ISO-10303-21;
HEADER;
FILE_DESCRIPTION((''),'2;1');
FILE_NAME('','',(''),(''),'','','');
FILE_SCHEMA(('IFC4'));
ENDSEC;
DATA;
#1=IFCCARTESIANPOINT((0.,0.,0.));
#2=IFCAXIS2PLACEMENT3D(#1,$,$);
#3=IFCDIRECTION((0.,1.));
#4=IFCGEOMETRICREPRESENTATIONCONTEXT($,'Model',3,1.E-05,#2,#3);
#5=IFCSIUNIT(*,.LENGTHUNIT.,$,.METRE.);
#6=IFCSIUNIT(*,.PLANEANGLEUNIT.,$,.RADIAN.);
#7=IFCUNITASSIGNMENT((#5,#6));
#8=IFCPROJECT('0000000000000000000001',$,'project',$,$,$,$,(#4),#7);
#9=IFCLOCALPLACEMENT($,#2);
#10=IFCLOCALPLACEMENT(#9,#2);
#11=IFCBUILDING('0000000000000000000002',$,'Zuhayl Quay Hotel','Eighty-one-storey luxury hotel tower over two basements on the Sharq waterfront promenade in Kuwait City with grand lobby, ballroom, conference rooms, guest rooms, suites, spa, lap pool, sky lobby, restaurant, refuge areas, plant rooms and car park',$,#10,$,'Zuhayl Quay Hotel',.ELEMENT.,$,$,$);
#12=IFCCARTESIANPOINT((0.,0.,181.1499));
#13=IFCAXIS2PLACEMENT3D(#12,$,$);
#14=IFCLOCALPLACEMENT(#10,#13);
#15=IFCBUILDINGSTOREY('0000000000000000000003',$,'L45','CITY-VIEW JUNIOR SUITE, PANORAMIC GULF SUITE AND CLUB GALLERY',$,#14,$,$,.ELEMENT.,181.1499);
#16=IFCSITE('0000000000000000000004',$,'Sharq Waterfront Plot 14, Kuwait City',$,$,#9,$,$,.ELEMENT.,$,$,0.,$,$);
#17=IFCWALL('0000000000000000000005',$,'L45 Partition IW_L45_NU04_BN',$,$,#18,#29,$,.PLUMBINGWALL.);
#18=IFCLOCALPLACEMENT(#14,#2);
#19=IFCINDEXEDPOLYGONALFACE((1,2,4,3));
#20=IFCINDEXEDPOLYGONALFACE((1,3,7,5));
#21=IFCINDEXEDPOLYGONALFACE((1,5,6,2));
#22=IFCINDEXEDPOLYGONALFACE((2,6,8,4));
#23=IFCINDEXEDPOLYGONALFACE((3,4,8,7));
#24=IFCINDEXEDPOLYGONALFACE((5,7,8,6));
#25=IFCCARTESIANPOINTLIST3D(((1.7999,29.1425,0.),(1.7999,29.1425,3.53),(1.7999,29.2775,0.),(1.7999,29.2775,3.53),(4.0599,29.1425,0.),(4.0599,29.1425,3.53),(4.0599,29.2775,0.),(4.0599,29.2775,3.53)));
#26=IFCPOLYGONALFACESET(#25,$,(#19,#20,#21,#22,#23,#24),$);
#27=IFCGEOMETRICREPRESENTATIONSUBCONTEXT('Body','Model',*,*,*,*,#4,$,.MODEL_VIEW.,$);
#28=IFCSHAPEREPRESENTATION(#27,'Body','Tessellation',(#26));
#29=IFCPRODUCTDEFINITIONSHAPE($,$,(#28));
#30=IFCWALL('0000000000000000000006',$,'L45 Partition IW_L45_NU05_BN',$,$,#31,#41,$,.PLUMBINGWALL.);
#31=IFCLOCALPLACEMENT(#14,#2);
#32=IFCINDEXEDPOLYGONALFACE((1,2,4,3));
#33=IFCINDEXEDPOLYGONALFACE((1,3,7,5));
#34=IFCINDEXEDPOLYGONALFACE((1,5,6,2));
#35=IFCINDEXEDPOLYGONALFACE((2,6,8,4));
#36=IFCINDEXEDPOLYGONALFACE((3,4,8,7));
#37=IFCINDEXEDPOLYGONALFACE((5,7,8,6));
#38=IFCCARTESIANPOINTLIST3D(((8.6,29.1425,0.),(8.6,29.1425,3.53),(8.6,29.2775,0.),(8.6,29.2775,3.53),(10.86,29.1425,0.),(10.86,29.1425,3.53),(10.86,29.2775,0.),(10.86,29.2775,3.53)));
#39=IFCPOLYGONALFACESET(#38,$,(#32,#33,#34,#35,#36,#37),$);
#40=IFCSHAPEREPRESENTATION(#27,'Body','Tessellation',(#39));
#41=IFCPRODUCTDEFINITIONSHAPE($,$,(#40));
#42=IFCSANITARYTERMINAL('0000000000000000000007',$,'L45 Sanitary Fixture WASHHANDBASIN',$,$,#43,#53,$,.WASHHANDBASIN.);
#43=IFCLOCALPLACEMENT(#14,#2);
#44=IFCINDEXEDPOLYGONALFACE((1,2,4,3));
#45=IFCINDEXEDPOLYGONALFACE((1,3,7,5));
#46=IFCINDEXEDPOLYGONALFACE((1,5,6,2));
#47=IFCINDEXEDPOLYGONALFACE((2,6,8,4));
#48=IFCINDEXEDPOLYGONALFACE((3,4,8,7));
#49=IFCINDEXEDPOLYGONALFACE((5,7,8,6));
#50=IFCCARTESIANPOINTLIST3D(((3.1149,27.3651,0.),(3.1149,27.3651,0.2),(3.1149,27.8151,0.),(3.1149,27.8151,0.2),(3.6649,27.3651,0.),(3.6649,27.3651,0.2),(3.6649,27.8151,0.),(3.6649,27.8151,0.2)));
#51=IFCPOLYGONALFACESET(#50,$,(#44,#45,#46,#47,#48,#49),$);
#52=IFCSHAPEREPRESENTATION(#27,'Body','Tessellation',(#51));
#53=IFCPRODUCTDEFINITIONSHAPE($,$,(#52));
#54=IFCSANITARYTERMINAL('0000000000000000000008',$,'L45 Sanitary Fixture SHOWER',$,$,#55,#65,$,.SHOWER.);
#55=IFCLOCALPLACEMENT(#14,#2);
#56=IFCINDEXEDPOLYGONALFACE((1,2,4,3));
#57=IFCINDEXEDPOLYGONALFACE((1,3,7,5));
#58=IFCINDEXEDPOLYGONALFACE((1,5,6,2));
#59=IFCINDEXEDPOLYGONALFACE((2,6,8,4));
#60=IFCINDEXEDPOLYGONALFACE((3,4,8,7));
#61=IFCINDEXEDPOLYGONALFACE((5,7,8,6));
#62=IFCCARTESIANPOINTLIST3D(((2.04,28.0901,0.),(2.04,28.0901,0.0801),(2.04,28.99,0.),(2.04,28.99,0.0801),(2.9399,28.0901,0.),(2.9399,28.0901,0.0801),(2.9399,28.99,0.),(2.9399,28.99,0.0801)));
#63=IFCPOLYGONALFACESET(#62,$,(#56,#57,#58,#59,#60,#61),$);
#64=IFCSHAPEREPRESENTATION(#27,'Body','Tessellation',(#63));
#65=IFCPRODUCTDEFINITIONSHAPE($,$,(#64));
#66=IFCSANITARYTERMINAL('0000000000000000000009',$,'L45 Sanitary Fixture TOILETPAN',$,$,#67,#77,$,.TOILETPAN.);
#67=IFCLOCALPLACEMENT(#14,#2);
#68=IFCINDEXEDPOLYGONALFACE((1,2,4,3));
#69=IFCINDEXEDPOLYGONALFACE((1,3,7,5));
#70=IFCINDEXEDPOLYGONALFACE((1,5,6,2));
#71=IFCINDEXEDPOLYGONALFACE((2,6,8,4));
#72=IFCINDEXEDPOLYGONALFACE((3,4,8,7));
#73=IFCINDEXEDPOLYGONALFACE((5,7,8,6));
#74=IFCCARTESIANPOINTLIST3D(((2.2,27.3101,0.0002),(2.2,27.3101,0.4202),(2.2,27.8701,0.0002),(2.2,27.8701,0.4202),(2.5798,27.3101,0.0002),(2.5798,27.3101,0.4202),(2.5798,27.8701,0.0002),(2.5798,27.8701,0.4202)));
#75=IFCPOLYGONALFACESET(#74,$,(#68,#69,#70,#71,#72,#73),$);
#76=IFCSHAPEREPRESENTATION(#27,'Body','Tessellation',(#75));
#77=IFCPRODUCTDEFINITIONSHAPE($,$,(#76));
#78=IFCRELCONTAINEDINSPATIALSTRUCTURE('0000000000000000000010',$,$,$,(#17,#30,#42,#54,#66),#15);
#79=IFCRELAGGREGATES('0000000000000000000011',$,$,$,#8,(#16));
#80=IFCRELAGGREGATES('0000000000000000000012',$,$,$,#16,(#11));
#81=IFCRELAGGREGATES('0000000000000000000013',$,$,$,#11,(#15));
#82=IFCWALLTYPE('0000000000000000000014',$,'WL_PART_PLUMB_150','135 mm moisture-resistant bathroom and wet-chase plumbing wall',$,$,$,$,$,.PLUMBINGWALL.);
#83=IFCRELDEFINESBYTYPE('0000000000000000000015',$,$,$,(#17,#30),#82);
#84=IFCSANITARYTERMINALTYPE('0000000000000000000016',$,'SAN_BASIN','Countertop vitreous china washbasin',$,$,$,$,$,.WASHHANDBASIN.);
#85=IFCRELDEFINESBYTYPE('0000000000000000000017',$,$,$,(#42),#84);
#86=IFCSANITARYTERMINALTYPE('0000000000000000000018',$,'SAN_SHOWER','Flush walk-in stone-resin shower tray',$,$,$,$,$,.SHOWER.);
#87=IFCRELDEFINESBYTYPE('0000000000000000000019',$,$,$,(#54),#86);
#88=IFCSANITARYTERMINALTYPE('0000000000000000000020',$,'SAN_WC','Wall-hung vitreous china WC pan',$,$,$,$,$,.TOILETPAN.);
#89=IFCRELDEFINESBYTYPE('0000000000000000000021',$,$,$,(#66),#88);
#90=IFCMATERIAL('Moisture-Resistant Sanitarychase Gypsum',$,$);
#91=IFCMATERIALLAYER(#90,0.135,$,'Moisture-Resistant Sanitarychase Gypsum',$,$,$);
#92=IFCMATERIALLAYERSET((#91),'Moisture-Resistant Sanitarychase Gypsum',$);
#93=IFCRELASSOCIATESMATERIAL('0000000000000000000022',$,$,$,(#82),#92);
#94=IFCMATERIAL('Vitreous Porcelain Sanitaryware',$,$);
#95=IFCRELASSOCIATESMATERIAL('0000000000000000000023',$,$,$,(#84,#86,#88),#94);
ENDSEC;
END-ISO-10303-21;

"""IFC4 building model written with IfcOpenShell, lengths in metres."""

from ifc_helpers import new_model, si_unit, direction, frame, frame_2d, origin, origin_2d, place, context, subcontext, project, spatial, rectangle, extrude, material, layer, layer_set, type_object, element, save


model = new_model("IFC4")

# Units and contexts
model_context = context("Model", 3, precision=1e-05, world=origin(), true_north=direction((0.0, 1.0)))
body_context = subcontext(model_context, "Body", "Model", "MODEL_VIEW")
ifc_project = project(units=[si_unit("LENGTHUNIT", "METRE"), si_unit("PLANEANGLEUNIT", "RADIAN")], contexts=[model_context])

# Site, building, storey
site_placement = place(None, origin())
site = spatial("IfcSite", under=ifc_project, at=site_placement, Name="Sharq Waterfront Plot 14, Kuwait City", CompositionType="ELEMENT", RefElevation=0.0)
building_placement = place(site_placement, origin())
building = spatial("IfcBuilding", under=site, at=building_placement, Name="Zuhayl Quay Hotel", Description="Eighty-one-storey luxury hotel tower over two basements on the Sharq waterfront promenade in Kuwait City with grand lobby, ballroom, conference rooms, guest rooms, suites, spa, lap pool, sky lobby, restaurant, refuge areas, plant rooms and car park", LongName="Zuhayl Quay Hotel", CompositionType="ELEMENT")
storey_placement = place(building_placement, frame((0.0, 0.0, 181.1499)))
storey = spatial("IfcBuildingStorey", under=building, at=storey_placement, Name="L45", Description="CITY-VIEW JUNIOR SUITE, PANORAMIC GULF SUITE AND CLUB GALLERY", CompositionType="ELEMENT", Elevation=181.1499)

# Shared definitions
ifc_material_1 = material(Name="Moisture-Resistant Sanitarychase Gypsum")
ifc_layer_1 = layer(ifc_material_1, 0.135, Name="Moisture-Resistant Sanitarychase Gypsum")
ifc_layer_set_1 = layer_set([ifc_layer_1], Name="Moisture-Resistant Sanitarychase Gypsum")
wall_type_1 = type_object("IfcWallType", Name="WL_PART_PLUMB_150", Description="135 mm moisture-resistant bathroom and wet-chase plumbing wall", PredefinedType="PLUMBINGWALL", material=ifc_layer_set_1)

# Walls
for number, where, z_axis, x_axis, name in (
    (1, (1.8, 29.21, 0.0), (0.0, 0.0, 1.0), (1.0, 0.0, 0.0), "L45 Partition IW_L45_NU04_BN"),
    (2, (8.6001, 29.21, 0.0), (0.0, 0.0, 1.0), (1.0, 0.0, 0.0), "L45 Partition IW_L45_NU05_BN"),
):
    element("IfcWall", number, at=place(storey_placement, frame(where, z_axis=z_axis, x_axis=x_axis)), inside=storey, type_object=wall_type_1, Name=name, PredefinedType="PLUMBINGWALL", context=body_context, shape_type="SweptSolid", body=[
        extrude(rectangle(XDim=2.26, YDim=0.135, at=frame_2d((1.1299, 0.0))), origin(), (0.0, 0.0, 1.0), 3.53),
    ])

# Sanitary terminals
ifc_material_2 = material(Name="Vitreous Porcelain Sanitaryware")
sanitary_terminal_type_1 = type_object("IfcSanitaryTerminalType", Name="SAN_BASIN", Description="Countertop vitreous china washbasin", PredefinedType="WASHHANDBASIN", material=ifc_material_2)
sanitary_terminal_1_placement = place(storey_placement, frame((3.3899, 27.5901, 0.0), z_axis=(0.0, 0.0, 1.0), x_axis=(1.0, 0.0, 0.0)))
element("IfcSanitaryTerminal", 3, at=sanitary_terminal_1_placement, inside=storey, type_object=sanitary_terminal_type_1, Name="L45 Sanitary Fixture WASHHANDBASIN", PredefinedType="WASHHANDBASIN", context=body_context, shape_type="SweptSolid", body=[
    extrude(rectangle(XDim=0.55, YDim=0.45, at=origin_2d()), origin(), (0.0, 0.0, 1.0), 0.2),
])
sanitary_terminal_type_2 = type_object("IfcSanitaryTerminalType", Name="SAN_SHOWER", Description="Flush walk-in stone-resin shower tray", PredefinedType="SHOWER", material=ifc_material_2)
sanitary_terminal_2_placement = place(storey_placement, frame((2.49, 28.54, 0.0), z_axis=(0.0, 0.0, 1.0), x_axis=(1.0, 0.0, 0.0)))
element("IfcSanitaryTerminal", 4, at=sanitary_terminal_2_placement, inside=storey, type_object=sanitary_terminal_type_2, Name="L45 Sanitary Fixture SHOWER", PredefinedType="SHOWER", context=body_context, shape_type="SweptSolid", body=[
    extrude(rectangle(XDim=0.8999, YDim=0.8999, at=origin_2d()), origin(), (0.0, 0.0, 1.0), 0.0801),
])
sanitary_terminal_type_3 = type_object("IfcSanitaryTerminalType", Name="SAN_WC", Description="Wall-hung vitreous china WC pan", PredefinedType="TOILETPAN", material=ifc_material_2)
sanitary_terminal_3_placement = place(storey_placement, frame((2.3899, 27.5901, 0.0002), z_axis=(0.0, 0.0, 1.0), x_axis=(1.0, 0.0, 0.0)))
element("IfcSanitaryTerminal", 5, at=sanitary_terminal_3_placement, inside=storey, type_object=sanitary_terminal_type_3, Name="L45 Sanitary Fixture TOILETPAN", PredefinedType="TOILETPAN", context=body_context, shape_type="SweptSolid", body=[
    extrude(rectangle(XDim=0.3799, YDim=0.5601, at=origin_2d()), origin(), (0.0, 0.0, 1.0), 0.4199),
])

save(model, "model.ifc")
